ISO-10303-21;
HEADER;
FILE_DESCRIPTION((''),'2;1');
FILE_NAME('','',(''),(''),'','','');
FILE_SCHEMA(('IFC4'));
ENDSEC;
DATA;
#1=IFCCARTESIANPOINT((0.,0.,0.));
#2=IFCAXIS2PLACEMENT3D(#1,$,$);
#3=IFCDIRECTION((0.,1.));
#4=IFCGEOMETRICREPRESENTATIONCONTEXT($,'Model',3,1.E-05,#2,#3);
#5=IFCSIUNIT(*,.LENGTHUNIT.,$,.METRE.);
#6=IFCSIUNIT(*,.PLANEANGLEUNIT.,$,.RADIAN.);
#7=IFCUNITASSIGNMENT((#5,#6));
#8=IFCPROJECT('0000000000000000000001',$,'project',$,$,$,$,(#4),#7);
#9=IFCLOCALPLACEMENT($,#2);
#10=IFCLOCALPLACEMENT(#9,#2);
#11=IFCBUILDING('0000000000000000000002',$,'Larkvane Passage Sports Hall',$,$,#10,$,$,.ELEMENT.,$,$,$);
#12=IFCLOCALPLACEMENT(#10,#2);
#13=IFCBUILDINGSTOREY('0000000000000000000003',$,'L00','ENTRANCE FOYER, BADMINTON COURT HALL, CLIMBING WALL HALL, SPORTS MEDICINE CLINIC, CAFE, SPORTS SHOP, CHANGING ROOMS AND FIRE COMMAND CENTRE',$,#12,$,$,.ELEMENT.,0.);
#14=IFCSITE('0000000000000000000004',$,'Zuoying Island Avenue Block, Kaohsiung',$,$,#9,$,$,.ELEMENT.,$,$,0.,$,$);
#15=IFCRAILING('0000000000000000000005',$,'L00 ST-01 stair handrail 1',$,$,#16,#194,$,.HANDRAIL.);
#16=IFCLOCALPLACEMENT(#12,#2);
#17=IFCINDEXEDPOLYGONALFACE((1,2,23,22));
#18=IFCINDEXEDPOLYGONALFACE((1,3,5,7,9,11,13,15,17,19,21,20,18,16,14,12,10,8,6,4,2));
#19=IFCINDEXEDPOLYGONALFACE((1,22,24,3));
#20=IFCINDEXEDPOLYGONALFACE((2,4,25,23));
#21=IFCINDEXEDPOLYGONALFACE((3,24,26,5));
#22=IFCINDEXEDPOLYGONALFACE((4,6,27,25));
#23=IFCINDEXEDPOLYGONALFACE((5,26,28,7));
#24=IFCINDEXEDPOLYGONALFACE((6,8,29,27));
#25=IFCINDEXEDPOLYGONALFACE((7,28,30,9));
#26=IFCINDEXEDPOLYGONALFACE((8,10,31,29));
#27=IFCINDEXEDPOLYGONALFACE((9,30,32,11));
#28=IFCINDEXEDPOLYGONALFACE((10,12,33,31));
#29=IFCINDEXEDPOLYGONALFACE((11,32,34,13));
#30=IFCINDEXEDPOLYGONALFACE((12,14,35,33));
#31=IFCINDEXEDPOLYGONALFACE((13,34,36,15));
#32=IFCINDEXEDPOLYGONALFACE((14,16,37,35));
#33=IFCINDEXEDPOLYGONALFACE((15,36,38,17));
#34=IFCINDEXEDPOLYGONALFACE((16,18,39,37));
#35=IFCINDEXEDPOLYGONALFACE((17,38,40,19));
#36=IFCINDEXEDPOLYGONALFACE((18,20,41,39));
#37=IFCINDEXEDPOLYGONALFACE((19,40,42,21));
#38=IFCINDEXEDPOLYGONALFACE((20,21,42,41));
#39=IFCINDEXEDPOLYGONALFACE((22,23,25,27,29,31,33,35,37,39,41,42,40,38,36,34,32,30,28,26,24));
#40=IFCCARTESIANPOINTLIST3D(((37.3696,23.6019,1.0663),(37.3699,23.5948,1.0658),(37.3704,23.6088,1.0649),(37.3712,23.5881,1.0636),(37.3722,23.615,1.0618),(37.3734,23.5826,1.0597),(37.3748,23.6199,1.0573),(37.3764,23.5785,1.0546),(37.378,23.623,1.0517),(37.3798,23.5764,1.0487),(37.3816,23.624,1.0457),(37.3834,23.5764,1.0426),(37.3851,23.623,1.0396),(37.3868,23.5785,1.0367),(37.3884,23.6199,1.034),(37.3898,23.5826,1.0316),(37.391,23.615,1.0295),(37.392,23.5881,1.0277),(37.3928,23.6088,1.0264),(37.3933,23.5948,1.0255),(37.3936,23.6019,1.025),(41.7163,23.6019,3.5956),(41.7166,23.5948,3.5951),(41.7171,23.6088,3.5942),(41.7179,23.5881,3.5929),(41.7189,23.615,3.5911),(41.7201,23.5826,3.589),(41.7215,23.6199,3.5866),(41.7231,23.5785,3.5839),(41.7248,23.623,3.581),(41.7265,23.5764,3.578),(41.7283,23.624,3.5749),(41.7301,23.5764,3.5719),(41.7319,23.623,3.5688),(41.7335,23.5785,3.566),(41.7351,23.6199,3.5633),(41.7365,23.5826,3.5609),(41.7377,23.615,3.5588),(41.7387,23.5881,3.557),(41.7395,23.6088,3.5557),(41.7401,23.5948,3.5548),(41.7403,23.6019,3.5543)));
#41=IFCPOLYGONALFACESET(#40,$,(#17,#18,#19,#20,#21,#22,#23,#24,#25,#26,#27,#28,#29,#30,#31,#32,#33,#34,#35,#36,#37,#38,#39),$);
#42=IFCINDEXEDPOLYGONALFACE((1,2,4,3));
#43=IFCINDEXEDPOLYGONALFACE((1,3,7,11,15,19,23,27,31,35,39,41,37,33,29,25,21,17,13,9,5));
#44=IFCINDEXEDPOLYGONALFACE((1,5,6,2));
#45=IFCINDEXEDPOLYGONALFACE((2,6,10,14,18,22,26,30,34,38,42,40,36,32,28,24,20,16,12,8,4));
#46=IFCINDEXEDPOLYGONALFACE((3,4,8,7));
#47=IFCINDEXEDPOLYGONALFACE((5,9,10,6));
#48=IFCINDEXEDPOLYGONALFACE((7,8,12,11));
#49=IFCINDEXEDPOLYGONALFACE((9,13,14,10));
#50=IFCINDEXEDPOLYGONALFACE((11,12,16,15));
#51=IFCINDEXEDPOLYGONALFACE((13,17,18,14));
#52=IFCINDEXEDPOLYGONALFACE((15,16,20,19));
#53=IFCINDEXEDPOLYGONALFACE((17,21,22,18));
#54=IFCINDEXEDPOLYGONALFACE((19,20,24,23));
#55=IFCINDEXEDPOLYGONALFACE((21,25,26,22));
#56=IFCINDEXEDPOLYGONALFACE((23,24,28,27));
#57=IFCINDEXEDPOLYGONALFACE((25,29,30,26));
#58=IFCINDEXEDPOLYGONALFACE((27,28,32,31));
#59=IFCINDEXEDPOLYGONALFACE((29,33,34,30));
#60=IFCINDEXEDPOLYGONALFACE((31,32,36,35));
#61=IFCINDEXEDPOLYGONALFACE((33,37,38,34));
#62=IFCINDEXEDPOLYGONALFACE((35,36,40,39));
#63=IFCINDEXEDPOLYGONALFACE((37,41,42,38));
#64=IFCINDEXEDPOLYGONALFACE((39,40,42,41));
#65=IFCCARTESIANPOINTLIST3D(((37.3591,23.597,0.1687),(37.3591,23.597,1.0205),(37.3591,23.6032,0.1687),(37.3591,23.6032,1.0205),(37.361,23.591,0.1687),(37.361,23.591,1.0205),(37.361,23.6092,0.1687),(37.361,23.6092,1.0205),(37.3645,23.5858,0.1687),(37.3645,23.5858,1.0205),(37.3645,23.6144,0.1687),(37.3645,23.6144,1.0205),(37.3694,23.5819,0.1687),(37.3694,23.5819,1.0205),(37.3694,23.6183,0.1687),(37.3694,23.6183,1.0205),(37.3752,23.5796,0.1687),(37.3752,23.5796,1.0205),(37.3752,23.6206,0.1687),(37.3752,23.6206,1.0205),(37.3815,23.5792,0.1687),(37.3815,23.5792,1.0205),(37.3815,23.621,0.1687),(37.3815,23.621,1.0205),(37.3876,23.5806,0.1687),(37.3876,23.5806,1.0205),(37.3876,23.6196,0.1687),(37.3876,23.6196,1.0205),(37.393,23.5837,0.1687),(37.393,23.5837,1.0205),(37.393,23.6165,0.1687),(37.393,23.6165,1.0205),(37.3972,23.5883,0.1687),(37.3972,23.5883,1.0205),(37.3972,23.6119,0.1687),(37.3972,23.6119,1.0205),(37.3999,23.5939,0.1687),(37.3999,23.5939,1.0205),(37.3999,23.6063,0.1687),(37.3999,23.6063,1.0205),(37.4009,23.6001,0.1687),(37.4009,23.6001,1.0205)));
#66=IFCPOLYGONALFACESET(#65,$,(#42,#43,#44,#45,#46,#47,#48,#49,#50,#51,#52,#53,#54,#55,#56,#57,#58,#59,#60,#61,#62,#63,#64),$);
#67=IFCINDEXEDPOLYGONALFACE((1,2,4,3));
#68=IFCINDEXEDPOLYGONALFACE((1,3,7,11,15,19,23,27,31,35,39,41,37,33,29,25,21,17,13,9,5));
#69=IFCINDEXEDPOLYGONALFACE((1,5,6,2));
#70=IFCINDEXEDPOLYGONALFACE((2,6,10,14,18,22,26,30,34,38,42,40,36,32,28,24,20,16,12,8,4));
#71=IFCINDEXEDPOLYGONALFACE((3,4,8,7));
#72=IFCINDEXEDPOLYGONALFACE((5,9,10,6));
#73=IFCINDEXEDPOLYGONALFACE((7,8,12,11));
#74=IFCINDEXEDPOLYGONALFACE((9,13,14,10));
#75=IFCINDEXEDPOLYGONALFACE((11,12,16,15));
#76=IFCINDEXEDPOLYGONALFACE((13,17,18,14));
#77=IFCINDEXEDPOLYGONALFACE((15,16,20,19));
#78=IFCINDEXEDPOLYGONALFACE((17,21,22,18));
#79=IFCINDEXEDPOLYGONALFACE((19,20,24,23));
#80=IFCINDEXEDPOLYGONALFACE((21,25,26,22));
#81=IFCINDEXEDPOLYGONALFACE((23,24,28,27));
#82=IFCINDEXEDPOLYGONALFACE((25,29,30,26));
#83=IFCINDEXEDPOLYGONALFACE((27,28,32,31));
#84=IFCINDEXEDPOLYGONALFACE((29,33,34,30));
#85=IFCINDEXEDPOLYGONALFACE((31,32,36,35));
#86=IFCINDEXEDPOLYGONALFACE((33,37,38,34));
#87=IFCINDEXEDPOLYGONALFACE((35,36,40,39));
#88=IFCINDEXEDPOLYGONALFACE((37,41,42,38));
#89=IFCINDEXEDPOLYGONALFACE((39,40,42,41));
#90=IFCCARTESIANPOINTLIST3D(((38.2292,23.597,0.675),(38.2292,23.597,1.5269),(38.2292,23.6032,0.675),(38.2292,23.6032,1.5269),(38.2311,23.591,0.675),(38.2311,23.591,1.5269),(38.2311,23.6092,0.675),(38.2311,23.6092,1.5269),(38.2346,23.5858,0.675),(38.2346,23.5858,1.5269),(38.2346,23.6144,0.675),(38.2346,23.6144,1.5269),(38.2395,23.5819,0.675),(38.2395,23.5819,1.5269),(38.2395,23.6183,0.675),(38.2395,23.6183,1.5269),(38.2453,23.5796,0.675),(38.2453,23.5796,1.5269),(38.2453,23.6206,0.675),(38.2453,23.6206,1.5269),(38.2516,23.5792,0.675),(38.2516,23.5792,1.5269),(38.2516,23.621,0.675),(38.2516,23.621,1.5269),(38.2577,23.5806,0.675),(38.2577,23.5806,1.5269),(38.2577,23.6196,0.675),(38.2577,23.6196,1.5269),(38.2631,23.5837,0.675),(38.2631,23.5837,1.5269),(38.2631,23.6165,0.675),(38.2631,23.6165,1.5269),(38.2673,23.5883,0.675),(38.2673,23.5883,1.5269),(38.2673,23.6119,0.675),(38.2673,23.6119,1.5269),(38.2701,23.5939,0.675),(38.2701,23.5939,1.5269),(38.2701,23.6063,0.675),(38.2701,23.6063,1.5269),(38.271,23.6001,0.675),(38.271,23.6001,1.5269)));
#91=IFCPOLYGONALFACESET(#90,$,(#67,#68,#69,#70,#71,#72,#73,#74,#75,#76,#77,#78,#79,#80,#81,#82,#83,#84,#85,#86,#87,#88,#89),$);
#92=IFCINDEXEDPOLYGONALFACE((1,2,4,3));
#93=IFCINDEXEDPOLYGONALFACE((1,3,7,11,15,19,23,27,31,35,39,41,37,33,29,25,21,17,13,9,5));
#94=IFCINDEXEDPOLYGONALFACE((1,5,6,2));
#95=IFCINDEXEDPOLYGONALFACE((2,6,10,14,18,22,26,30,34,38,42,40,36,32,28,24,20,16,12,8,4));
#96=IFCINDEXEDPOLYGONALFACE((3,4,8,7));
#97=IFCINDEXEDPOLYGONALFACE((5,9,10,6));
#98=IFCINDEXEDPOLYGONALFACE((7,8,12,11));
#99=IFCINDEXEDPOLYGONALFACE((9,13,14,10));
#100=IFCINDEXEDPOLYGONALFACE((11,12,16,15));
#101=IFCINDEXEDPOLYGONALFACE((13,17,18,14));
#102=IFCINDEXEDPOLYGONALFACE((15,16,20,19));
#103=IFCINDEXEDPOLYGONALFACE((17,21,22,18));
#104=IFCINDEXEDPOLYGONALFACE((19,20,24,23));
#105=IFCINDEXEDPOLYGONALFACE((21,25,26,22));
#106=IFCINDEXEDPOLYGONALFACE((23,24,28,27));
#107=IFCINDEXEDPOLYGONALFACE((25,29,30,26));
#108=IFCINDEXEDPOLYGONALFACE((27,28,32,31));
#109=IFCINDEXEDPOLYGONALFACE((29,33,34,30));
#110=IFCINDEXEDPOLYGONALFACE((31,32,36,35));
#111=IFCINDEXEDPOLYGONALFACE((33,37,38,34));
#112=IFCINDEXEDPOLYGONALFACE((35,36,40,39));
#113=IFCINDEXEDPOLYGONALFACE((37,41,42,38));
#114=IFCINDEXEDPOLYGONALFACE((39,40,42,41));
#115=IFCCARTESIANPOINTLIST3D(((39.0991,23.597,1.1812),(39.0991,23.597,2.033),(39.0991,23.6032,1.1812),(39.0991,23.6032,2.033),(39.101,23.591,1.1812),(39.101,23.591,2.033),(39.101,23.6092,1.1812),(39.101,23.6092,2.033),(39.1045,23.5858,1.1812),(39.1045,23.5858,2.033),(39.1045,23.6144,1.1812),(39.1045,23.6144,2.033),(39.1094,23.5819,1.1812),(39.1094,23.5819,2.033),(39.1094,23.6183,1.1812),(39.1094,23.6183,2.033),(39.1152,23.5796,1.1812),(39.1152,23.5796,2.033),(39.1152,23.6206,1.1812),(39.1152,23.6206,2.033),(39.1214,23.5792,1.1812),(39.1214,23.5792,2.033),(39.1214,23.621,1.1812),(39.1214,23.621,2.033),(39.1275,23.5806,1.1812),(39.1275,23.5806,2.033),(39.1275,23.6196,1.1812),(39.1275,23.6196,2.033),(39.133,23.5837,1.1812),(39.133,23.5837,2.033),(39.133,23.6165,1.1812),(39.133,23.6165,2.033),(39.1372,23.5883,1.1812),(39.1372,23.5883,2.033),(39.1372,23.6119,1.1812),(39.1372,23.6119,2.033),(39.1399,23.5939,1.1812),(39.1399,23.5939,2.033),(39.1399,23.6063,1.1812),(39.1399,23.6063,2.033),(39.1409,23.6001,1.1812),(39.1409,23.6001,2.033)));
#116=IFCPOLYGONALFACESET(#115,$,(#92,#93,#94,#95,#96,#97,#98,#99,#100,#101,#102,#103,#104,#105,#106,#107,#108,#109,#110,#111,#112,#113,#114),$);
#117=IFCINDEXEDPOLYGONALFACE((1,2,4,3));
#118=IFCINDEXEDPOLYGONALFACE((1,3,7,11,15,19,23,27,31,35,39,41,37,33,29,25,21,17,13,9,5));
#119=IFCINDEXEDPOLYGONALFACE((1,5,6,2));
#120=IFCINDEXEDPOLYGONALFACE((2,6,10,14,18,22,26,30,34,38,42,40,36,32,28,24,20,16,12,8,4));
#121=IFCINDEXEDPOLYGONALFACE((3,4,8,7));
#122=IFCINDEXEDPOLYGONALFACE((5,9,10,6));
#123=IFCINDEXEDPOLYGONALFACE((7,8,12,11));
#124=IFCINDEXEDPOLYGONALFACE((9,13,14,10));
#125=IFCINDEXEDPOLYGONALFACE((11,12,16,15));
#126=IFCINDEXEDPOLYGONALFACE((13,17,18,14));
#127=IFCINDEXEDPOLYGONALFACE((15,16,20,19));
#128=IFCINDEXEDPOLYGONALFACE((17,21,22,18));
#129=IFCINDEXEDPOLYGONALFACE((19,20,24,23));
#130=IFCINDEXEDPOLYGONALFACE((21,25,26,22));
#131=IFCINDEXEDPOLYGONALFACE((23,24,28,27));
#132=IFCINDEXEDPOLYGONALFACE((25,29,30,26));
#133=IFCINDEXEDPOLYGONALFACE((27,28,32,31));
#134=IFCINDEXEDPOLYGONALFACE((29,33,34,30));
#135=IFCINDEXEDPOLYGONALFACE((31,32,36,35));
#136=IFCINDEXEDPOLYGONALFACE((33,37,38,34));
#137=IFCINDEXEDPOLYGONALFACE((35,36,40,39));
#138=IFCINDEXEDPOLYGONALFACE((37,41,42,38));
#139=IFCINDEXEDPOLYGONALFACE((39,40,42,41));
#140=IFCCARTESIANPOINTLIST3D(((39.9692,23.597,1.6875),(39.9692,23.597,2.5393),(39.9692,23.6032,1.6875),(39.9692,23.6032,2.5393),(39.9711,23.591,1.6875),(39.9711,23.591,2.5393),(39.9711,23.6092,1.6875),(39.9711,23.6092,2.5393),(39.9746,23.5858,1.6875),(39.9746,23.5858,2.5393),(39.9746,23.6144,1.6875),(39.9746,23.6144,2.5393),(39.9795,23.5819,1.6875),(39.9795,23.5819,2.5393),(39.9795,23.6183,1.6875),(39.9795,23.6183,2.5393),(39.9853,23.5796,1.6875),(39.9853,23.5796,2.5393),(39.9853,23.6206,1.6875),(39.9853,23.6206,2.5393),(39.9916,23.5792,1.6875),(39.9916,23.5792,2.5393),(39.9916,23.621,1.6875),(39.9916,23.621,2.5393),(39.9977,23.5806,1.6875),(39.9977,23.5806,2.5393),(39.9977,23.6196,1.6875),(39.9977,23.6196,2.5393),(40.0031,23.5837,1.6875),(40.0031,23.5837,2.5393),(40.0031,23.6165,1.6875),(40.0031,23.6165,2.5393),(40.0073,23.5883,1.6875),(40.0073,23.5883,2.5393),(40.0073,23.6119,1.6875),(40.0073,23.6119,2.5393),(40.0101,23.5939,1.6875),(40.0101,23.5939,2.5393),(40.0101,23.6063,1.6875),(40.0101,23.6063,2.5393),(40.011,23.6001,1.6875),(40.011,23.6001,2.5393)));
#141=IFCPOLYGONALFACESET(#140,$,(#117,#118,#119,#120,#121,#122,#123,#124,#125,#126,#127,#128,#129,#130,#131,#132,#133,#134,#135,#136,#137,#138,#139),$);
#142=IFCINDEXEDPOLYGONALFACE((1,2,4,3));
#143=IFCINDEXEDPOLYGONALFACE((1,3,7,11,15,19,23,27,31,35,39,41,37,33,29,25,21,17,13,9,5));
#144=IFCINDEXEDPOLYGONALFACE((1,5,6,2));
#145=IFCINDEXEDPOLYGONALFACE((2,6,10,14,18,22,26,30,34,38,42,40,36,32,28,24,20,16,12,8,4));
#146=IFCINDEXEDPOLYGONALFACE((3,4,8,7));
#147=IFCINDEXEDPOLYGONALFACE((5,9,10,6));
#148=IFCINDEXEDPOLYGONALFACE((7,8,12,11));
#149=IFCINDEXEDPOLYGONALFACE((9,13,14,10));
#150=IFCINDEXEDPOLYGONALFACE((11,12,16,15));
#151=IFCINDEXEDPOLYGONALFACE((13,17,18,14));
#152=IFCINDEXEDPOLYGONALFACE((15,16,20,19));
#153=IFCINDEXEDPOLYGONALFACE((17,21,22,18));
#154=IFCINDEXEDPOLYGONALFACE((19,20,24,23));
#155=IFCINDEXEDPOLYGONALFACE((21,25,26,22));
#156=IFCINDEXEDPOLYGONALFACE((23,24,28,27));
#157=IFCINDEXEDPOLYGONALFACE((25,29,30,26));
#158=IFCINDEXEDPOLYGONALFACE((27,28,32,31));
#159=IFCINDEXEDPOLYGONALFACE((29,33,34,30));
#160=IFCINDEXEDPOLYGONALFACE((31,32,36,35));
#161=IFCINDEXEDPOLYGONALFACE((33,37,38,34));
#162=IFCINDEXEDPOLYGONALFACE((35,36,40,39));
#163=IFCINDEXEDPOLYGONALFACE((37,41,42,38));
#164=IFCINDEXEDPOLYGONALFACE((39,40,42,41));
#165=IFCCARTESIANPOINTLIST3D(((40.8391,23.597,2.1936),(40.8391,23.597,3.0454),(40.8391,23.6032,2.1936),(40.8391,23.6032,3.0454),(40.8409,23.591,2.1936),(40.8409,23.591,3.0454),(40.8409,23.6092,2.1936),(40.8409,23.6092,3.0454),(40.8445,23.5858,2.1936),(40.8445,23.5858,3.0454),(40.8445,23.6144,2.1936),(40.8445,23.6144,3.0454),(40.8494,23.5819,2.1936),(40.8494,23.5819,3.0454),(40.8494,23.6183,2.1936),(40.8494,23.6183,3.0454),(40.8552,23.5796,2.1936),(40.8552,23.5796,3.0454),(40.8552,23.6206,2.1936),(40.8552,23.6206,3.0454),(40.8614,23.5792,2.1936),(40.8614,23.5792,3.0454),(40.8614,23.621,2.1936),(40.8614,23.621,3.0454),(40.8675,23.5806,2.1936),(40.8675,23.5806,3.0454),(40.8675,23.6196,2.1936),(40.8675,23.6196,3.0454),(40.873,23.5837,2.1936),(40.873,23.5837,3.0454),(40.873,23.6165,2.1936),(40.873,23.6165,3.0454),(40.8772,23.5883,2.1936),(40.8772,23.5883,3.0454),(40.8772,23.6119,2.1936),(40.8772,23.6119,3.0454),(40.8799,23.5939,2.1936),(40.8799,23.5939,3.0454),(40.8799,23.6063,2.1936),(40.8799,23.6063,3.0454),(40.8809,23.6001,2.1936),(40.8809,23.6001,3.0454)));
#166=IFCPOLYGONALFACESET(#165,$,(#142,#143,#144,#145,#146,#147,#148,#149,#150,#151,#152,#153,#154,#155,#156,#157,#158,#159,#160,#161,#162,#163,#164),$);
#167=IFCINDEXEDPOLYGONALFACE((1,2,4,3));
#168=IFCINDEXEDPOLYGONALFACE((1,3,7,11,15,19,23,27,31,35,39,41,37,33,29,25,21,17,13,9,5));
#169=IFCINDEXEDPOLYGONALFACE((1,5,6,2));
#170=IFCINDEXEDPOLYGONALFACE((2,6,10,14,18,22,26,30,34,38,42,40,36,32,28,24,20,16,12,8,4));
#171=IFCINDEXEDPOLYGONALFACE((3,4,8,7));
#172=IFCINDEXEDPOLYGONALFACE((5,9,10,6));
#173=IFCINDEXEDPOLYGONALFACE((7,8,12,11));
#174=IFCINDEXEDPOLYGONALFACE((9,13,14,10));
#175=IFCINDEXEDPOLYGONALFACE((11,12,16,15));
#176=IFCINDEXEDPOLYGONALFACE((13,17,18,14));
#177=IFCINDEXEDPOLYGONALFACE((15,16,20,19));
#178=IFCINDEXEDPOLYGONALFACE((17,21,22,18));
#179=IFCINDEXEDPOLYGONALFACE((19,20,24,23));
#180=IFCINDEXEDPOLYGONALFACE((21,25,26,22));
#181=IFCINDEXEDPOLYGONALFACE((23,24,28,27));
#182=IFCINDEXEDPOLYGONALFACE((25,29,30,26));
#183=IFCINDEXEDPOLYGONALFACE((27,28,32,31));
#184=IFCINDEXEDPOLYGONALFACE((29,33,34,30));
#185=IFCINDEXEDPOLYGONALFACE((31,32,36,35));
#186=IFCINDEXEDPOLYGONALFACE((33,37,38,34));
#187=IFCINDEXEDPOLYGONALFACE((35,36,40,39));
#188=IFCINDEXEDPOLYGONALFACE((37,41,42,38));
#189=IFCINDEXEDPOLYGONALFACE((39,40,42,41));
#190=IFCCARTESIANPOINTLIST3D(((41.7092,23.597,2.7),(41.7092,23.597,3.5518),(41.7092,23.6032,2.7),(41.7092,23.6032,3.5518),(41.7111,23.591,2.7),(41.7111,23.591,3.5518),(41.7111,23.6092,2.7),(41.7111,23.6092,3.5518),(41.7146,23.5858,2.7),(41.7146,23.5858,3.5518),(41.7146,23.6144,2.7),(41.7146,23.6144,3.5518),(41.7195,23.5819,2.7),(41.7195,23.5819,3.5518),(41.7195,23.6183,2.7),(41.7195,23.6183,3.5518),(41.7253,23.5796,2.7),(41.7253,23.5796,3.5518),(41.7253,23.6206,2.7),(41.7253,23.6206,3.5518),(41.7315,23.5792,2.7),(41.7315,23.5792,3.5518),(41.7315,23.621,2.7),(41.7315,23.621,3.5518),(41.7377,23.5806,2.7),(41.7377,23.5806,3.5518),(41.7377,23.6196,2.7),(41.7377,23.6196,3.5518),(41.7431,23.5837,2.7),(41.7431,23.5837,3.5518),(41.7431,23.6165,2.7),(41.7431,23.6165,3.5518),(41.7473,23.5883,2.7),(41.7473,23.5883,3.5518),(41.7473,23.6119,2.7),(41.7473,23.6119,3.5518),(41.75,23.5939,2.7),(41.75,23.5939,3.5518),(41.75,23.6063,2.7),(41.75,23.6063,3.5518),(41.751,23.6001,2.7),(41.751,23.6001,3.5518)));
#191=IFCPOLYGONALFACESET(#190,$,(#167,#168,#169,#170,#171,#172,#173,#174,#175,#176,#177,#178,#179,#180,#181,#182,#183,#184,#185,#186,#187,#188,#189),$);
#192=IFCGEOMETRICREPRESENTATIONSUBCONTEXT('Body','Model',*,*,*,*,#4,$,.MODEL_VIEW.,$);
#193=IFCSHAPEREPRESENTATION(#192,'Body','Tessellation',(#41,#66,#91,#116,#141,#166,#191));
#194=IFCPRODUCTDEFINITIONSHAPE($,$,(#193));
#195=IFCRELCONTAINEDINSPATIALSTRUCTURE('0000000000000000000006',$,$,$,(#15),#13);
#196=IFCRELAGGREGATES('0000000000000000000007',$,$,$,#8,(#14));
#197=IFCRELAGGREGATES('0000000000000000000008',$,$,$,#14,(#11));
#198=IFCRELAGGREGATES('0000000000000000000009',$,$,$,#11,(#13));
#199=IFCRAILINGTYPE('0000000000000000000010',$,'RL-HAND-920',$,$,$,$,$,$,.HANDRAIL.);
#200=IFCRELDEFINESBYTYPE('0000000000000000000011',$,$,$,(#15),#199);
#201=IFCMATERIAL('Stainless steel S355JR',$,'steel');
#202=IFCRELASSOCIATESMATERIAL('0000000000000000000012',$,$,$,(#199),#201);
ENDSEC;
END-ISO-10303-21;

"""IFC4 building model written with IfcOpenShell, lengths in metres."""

from ifc_helpers import new_model, si_unit, direction, frame, origin, origin_2d, place, context, subcontext, project, spatial, circle, extrude, material, type_object, element, save


model = new_model("IFC4")

# Units and contexts
model_context = context("Model", 3, precision=1e-05, world=origin(), true_north=direction((0.0, 1.0)))
body_context = subcontext(model_context, "Body", "Model", "MODEL_VIEW")
ifc_project = project(units=[si_unit("LENGTHUNIT", "METRE"), si_unit("PLANEANGLEUNIT", "RADIAN")], contexts=[model_context])

# Site, building, storey
site_placement = place(None, origin())
site = spatial("IfcSite", under=ifc_project, at=site_placement, Name="Zuoying Island Avenue Block, Kaohsiung", CompositionType="ELEMENT", RefElevation=0.0)
building_placement = place(site_placement, origin())
building = spatial("IfcBuilding", under=site, at=building_placement, Name="Larkvane Passage Sports Hall", CompositionType="ELEMENT")
storey_placement = place(building_placement, origin())
storey = spatial("IfcBuildingStorey", under=building, at=storey_placement, Name="L00", Description="ENTRANCE FOYER, BADMINTON COURT HALL, CLIMBING WALL HALL, SPORTS MEDICINE CLINIC, CAFE, SPORTS SHOP, CHANGING ROOMS AND FIRE COMMAND CENTRE", CompositionType="ELEMENT", Elevation=0.0)

# Railing
ifc_material_1 = material(Name="Stainless steel S355JR", Category="steel")
railing_type_1 = type_object("IfcRailingType", Name="RL-HAND-920", PredefinedType="HANDRAIL", material=ifc_material_1)
railing_1_placement = place(storey_placement, frame((37.3799, 23.6001, 0.1687)))
element("IfcRailing", 1, at=railing_1_placement, inside=storey, type_object=railing_type_1, Name="L00 ST-01 stair handrail 1", PredefinedType="HANDRAIL", context=body_context, shape_type="SweptSolid", body=[
    extrude(circle(Radius=0.0239, at=origin_2d()), frame((0.0017, 0.0, 0.877), z_axis=(0.864324, 0.0, 0.502936), x_axis=(0.0, 1.0, 0.0)), (0.0, 0.0, 1.0), 5.0291),
    extrude(circle(Radius=0.021, at=origin_2d()), origin(), (0.0, 0.0, 1.0), 0.8518),
    extrude(circle(Radius=0.021, at=origin_2d()), frame((0.8701, 0.0, 0.5063)), (0.0, 0.0, 1.0), 0.8518),
    extrude(circle(Radius=0.021, at=origin_2d()), frame((1.74, 0.0, 1.0125)), (0.0, 0.0, 1.0), 0.8518),
    extrude(circle(Radius=0.021, at=origin_2d()), frame((2.6101, 0.0, 1.5188)), (0.0, 0.0, 1.0), 0.8518),
    extrude(circle(Radius=0.021, at=origin_2d()), frame((3.48, 0.0, 2.0249)), (0.0, 0.0, 1.0), 0.8518),
    extrude(circle(Radius=0.021, at=origin_2d()), frame((4.3501, 0.0, 2.5312)), (0.0, 0.0, 1.0), 0.8518),
])

save(model, "model.ifc")
